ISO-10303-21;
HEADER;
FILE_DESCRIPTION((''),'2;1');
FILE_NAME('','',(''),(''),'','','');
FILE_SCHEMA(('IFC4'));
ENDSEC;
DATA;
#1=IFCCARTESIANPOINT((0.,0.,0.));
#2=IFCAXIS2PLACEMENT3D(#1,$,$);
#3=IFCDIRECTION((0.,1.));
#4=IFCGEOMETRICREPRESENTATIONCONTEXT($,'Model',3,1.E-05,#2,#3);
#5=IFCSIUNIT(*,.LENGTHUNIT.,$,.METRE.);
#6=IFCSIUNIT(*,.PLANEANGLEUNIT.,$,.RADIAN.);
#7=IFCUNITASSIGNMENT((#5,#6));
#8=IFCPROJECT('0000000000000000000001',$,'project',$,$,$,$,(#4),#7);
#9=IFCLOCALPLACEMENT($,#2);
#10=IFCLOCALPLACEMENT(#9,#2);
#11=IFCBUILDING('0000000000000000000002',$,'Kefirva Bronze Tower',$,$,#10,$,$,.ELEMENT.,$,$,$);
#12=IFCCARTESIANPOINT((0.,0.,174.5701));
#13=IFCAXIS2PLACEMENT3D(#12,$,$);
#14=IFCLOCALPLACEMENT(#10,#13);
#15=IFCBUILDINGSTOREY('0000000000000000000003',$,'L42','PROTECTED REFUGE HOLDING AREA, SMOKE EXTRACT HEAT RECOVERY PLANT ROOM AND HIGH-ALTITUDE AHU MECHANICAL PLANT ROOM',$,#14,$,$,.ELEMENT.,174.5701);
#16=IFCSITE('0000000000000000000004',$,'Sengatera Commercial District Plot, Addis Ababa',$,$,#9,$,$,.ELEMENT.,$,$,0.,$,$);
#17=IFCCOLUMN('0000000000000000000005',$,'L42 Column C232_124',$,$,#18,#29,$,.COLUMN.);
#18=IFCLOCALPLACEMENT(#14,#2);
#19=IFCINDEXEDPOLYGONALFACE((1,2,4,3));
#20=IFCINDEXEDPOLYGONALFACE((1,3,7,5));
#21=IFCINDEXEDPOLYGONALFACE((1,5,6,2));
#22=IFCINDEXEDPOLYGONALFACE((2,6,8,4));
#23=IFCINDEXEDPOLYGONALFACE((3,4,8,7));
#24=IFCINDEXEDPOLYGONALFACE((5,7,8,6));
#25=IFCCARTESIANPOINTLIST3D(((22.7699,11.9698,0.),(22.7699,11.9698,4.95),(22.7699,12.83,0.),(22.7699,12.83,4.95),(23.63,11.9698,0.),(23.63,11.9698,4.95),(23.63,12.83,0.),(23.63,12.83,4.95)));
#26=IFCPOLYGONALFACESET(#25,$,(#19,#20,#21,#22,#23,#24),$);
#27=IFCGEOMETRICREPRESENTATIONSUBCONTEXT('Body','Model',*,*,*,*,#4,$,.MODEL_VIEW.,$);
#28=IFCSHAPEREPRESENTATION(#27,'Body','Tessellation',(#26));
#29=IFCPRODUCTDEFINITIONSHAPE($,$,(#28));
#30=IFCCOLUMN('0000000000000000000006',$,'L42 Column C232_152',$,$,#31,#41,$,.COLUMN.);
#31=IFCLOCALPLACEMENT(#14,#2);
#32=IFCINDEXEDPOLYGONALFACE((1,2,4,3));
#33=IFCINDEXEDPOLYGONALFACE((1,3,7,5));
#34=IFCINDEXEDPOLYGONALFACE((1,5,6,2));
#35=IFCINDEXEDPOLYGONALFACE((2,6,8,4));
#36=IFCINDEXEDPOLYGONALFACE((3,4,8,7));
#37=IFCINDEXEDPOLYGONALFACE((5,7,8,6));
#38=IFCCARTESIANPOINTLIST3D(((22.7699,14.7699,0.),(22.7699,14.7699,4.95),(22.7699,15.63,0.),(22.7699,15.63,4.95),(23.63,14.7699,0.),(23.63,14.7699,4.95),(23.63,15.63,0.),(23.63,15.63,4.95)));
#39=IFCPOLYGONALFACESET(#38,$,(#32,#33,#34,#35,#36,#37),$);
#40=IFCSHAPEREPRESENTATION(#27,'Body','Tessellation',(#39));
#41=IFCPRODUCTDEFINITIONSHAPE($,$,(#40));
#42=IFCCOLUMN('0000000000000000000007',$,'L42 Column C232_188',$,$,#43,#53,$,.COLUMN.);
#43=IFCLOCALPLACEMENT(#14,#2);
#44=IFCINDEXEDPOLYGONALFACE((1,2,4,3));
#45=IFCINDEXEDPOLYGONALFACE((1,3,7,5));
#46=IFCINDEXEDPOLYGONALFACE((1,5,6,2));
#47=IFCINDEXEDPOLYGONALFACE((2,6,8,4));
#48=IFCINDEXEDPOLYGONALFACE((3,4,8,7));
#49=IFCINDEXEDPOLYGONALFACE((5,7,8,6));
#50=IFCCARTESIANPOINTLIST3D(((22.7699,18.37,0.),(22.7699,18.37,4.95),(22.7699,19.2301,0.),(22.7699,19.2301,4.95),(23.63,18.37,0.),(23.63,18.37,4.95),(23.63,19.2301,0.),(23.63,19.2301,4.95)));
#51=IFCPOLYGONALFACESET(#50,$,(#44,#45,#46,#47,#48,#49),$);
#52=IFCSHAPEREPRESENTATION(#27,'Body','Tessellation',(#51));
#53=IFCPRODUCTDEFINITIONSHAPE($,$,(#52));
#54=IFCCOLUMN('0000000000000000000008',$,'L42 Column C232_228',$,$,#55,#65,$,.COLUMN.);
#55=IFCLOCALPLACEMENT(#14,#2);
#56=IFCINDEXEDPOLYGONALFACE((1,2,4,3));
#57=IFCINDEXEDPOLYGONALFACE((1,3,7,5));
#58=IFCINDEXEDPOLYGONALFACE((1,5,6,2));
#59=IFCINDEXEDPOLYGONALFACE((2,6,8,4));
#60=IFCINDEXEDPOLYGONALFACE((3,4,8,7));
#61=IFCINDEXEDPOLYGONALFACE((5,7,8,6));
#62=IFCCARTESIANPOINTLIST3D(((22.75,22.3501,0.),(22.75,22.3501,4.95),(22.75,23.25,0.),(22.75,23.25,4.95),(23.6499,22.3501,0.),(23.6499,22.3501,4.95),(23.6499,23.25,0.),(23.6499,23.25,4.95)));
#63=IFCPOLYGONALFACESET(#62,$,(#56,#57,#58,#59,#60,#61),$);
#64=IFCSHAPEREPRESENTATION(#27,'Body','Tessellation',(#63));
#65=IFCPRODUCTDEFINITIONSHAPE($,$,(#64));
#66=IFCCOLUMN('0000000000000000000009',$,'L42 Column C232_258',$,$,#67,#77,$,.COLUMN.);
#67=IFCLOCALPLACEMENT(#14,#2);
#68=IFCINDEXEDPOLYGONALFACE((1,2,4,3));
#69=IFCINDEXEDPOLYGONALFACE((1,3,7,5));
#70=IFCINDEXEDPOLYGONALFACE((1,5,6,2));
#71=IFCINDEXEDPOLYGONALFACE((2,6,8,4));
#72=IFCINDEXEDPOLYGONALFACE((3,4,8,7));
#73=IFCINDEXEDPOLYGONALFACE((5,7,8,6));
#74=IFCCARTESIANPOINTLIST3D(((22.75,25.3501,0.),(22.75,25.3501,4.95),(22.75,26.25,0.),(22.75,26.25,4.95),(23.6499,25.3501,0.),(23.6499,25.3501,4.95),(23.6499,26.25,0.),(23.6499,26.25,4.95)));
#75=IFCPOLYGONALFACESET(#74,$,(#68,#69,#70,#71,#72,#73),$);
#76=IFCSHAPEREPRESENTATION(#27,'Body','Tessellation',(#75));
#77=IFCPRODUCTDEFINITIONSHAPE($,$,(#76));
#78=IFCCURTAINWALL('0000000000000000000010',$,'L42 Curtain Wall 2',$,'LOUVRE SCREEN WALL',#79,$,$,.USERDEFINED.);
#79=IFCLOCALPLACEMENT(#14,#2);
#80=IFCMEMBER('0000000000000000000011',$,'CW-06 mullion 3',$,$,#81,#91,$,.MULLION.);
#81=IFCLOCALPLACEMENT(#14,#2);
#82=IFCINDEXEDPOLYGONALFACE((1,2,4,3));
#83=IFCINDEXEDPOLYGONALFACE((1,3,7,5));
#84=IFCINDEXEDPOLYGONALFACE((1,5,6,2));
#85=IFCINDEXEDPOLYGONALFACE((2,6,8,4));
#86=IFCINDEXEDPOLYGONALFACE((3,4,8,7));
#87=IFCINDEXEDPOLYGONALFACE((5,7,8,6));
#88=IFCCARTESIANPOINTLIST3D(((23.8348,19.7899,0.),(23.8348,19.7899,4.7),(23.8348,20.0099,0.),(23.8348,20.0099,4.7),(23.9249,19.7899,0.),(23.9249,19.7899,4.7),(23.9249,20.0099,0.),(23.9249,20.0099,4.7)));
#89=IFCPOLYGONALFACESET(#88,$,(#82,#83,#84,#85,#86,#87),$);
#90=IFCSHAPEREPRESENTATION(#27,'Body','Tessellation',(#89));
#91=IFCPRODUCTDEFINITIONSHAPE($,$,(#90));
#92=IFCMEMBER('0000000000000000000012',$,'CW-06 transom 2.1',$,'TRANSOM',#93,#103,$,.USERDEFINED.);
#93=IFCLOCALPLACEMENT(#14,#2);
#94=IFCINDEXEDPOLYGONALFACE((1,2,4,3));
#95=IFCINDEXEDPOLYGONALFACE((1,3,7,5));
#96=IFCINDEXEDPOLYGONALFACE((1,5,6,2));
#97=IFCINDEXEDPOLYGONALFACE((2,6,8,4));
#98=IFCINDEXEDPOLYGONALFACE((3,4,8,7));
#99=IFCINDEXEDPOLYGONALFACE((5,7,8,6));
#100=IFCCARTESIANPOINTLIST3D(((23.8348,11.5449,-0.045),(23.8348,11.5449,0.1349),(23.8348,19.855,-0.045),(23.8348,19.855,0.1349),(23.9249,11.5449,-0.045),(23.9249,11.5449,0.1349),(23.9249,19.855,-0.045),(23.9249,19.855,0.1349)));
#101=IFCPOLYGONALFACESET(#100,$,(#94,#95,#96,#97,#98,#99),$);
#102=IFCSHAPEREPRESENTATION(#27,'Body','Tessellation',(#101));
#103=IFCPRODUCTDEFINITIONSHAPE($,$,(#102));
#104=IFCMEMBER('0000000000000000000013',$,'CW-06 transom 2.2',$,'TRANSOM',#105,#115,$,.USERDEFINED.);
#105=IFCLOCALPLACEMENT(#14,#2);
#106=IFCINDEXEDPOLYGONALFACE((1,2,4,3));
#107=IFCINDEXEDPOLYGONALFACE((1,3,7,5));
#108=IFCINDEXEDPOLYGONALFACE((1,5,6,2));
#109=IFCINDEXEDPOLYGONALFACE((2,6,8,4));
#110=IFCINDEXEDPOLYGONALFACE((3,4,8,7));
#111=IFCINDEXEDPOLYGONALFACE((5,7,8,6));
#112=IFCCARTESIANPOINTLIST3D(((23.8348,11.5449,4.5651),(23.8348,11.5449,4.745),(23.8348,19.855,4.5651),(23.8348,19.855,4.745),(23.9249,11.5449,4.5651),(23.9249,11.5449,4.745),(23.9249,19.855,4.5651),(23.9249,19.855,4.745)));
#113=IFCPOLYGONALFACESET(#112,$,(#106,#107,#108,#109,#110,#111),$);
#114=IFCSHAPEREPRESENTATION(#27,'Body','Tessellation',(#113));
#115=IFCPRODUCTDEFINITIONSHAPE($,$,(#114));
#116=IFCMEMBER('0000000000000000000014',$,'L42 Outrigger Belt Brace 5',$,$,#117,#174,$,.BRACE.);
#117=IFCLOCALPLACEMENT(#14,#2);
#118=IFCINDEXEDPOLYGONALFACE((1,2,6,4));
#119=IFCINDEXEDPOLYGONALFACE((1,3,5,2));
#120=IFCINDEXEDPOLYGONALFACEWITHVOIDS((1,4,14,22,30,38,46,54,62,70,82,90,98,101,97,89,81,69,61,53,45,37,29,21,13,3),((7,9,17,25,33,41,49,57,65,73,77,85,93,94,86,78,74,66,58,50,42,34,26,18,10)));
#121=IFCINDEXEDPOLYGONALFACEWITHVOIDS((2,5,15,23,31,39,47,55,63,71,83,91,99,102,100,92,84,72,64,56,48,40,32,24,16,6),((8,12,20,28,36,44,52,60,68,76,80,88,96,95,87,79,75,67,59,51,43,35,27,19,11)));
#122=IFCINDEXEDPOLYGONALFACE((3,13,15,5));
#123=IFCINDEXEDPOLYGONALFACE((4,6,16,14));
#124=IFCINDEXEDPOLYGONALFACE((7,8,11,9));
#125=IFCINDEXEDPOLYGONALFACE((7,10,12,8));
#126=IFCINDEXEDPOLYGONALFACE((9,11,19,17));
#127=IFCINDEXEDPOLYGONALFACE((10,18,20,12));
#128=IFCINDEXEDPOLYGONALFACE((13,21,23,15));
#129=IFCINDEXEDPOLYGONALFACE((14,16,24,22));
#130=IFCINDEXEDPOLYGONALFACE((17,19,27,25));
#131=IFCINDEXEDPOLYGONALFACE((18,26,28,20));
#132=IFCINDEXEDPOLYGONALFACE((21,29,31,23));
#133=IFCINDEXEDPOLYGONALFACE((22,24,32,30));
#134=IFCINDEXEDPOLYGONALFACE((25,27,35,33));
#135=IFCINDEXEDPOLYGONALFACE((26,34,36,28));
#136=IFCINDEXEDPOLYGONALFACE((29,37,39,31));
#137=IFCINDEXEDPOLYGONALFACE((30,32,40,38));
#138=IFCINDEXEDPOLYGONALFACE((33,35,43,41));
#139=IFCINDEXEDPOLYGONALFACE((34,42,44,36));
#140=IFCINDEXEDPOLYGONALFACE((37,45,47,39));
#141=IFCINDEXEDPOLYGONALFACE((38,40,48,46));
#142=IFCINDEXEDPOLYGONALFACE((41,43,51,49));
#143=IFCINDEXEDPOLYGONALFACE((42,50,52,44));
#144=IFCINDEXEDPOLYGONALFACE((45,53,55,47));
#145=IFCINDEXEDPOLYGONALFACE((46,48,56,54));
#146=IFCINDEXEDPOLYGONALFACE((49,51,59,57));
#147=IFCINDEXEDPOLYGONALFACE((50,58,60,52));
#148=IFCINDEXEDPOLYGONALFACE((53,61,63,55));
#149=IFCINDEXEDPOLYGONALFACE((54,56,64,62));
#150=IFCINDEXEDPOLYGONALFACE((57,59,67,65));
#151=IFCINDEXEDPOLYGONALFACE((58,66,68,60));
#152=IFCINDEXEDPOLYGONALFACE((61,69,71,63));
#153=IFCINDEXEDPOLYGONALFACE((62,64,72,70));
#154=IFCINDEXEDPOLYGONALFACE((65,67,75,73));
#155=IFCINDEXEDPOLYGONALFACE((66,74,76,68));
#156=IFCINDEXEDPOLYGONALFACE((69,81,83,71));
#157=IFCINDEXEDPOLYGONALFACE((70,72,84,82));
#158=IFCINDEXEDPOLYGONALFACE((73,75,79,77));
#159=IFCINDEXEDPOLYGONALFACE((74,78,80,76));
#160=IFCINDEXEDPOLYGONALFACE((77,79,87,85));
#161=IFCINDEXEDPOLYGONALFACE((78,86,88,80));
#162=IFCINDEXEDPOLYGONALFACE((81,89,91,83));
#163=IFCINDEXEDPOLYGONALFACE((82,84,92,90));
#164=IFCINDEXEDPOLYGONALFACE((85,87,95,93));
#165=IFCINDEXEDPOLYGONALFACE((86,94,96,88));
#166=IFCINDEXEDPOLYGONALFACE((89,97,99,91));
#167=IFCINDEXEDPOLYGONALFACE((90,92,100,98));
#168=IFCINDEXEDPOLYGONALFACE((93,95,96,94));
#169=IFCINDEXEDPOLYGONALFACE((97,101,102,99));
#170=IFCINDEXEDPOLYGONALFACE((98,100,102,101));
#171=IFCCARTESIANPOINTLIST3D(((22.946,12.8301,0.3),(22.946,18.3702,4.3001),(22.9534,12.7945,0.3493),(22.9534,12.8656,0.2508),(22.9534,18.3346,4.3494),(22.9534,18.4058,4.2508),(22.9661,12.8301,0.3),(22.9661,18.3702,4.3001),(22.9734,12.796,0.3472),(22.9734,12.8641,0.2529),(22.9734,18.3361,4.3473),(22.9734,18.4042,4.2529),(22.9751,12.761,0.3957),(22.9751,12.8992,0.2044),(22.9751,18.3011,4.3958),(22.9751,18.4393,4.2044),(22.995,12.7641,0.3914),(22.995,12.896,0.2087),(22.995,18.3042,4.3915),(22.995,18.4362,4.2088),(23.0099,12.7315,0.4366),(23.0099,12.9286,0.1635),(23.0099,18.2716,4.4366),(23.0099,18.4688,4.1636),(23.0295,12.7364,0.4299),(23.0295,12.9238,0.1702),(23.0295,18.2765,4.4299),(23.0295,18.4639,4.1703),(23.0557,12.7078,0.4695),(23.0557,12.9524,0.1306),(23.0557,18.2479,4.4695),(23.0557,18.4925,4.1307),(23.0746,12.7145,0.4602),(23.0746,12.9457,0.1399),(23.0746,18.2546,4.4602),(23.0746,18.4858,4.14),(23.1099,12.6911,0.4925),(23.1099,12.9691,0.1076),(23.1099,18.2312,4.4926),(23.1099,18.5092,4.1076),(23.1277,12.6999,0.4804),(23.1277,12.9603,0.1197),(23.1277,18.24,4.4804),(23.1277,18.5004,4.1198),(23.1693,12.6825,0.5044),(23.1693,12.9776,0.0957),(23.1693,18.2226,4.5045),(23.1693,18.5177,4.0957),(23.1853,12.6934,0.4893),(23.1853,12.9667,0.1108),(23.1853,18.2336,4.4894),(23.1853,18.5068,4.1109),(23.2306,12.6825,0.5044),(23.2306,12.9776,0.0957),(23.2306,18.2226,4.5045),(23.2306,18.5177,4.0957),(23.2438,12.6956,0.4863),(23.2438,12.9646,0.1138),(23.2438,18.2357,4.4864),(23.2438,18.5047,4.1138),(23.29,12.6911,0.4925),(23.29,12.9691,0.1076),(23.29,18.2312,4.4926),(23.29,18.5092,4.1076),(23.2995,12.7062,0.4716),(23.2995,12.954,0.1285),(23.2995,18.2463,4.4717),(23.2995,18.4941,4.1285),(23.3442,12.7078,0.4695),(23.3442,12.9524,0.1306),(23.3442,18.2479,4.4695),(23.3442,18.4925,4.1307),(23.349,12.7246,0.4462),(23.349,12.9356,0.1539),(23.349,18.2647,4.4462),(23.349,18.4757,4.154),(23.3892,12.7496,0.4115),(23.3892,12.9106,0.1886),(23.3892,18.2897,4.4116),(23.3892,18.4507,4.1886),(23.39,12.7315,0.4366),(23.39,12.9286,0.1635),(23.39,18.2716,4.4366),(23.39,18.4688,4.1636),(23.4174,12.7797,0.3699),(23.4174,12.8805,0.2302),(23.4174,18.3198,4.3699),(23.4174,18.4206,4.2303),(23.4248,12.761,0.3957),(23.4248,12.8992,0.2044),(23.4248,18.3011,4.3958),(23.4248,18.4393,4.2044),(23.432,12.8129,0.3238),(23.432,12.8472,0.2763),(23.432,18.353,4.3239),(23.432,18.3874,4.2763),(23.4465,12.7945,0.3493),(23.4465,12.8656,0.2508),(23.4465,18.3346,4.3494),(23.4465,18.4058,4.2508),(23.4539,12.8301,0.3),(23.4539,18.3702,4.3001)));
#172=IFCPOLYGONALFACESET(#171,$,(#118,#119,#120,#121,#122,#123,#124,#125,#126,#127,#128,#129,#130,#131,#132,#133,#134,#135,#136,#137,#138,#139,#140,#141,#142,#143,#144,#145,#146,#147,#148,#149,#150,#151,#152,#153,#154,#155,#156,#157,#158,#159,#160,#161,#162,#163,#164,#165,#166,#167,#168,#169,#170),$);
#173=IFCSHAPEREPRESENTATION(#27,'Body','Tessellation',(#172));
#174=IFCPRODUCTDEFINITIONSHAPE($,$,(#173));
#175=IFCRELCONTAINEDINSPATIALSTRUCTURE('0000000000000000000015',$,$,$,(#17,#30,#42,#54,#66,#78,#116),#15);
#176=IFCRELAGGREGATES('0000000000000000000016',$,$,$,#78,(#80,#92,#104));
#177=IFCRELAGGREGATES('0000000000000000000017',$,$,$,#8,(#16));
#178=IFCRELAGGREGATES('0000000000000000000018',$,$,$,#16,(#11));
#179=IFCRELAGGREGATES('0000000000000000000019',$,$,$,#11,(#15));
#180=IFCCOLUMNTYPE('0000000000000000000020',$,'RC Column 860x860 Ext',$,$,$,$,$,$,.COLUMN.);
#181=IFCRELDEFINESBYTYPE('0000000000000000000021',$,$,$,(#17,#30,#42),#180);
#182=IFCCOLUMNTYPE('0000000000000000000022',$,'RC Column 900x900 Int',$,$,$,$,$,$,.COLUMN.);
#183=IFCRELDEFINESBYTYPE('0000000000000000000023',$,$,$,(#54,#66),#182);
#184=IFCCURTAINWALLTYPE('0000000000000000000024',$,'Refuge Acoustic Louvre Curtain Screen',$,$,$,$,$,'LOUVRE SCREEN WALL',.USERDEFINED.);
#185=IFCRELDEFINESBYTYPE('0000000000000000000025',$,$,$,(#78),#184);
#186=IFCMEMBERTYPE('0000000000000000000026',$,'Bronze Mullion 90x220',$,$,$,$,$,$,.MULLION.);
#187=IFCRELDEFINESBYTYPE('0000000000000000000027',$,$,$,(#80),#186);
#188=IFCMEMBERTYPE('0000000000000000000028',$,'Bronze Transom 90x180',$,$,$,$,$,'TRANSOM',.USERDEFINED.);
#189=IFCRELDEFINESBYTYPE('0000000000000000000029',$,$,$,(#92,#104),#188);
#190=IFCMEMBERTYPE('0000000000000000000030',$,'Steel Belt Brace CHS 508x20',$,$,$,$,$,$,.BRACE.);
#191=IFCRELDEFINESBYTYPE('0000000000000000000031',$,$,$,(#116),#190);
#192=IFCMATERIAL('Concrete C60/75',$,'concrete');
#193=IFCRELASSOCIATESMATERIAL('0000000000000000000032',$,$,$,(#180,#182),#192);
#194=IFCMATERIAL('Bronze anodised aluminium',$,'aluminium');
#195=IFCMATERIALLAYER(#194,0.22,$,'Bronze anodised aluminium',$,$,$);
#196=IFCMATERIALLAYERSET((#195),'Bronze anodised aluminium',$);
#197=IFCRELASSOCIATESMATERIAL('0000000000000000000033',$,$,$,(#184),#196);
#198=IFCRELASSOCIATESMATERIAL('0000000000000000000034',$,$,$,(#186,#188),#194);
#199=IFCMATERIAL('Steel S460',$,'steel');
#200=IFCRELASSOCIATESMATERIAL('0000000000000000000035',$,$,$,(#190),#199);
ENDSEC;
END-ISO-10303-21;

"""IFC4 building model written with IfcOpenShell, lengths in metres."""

from ifc_helpers import new_model, si_unit, direction, frame, origin, origin_2d, place, context, subcontext, project, spatial, rectangle, hollow_circle, extrude, material, layer, layer_set, material_profile, profile_set, type_object, element, aggregate, save


model = new_model("IFC4")

# Units and contexts
model_context = context("Model", 3, precision=1e-05, world=origin(), true_north=direction((0.0, 1.0)))
body_context = subcontext(model_context, "Body", "Model", "MODEL_VIEW")
ifc_project = project(units=[si_unit("LENGTHUNIT", "METRE"), si_unit("PLANEANGLEUNIT", "RADIAN")], contexts=[model_context])

# Site, building, storey
site_placement = place(None, origin())
site = spatial("IfcSite", under=ifc_project, at=site_placement, Name="Sengatera Commercial District Plot, Addis Ababa", CompositionType="ELEMENT", RefElevation=0.0)
building_placement = place(site_placement, origin())
building = spatial("IfcBuilding", under=site, at=building_placement, Name="Kefirva Bronze Tower", CompositionType="ELEMENT")
storey_placement = place(building_placement, frame((0.0, 0.0, 174.5701)))
storey = spatial("IfcBuildingStorey", under=building, at=storey_placement, Name="L42", Description="PROTECTED REFUGE HOLDING AREA, SMOKE EXTRACT HEAT RECOVERY PLANT ROOM AND HIGH-ALTITUDE AHU MECHANICAL PLANT ROOM", CompositionType="ELEMENT", Elevation=174.5701)

# Columns
ifc_material_1 = material(Name="Concrete C60/75", Category="concrete")
ifc_material_profile_1 = material_profile(ifc_material_1, rectangle(XDim=0.8601, YDim=0.8601, at=origin_2d()), Name="RC 860x860")
ifc_profile_set_1 = profile_set([ifc_material_profile_1], Name="Concrete C60/75")
column_type_1 = type_object("IfcColumnType", Name="RC Column 860x860 Ext", PredefinedType="COLUMN", material=ifc_profile_set_1)
for number, where, z_axis, x_axis, name in (
    (1, (23.2, 12.3999, 0.0), (0.0, 0.0, 1.0), (1.0, 0.0, 0.0), "L42 Column C232_124"),
    (2, (23.2, 15.2, 0.0), (0.0, 0.0, 1.0), (1.0, 0.0, 0.0), "L42 Column C232_152"),
    (3, (23.2, 18.8, 0.0), (0.0, 0.0, 1.0), (1.0, 0.0, 0.0), "L42 Column C232_188"),
):
    element("IfcColumn", number, at=place(storey_placement, frame(where, z_axis=z_axis, x_axis=x_axis)), inside=storey, type_object=column_type_1, Name=name, PredefinedType="COLUMN", context=body_context, shape_type="SweptSolid", body=[
        extrude(rectangle(XDim=0.8601, YDim=0.8601, at=origin_2d()), origin(), (0.0, 0.0, 1.0), 4.95),
    ])
ifc_material_profile_2 = material_profile(ifc_material_1, rectangle(XDim=0.8999, YDim=0.8999, at=origin_2d()), Name="RC 900x900")
ifc_profile_set_2 = profile_set([ifc_material_profile_2], Name="Concrete C60/75")
column_type_2 = type_object("IfcColumnType", Name="RC Column 900x900 Int", PredefinedType="COLUMN", material=ifc_profile_set_2)
for number, where, z_axis, x_axis, name in (
    (4, (23.2, 22.8, 0.0), (0.0, 0.0, 1.0), (1.0, 0.0, 0.0), "L42 Column C232_228"),
    (5, (23.2, 25.8, 0.0), (0.0, 0.0, 1.0), (1.0, 0.0, 0.0), "L42 Column C232_258"),
):
    element("IfcColumn", number, at=place(storey_placement, frame(where, z_axis=z_axis, x_axis=x_axis)), inside=storey, type_object=column_type_2, Name=name, PredefinedType="COLUMN", context=body_context, shape_type="SweptSolid", body=[
        extrude(rectangle(XDim=0.8999, YDim=0.8999, at=origin_2d()), origin(), (0.0, 0.0, 1.0), 4.95),
    ])

# Curtain wall, members
ifc_material_2 = material(Name="Bronze anodised aluminium", Category="aluminium")
ifc_layer_1 = layer(ifc_material_2, 0.22, Name="Bronze anodised aluminium")
ifc_layer_set_1 = layer_set([ifc_layer_1], Name="Bronze anodised aluminium")
curtain_wall_type = type_object("IfcCurtainWallType", Name="Refuge Acoustic Louvre Curtain Screen", ElementType="LOUVRE SCREEN WALL", PredefinedType="USERDEFINED", material=ifc_layer_set_1)
curtain_wall_placement = place(storey_placement, origin())
curtain_wall = element("IfcCurtainWall", 6, at=curtain_wall_placement, inside=storey, type_object=curtain_wall_type, Name="L42 Curtain Wall 2", ObjectType="LOUVRE SCREEN WALL", PredefinedType="USERDEFINED")
ifc_material_profile_3 = material_profile(ifc_material_2, rectangle(XDim=0.0901, YDim=0.22, at=origin_2d()), Name="ALU 90x220")
ifc_profile_set_3 = profile_set([ifc_material_profile_3], Name="Bronze anodised aluminium")
member_type_1 = type_object("IfcMemberType", Name="Bronze Mullion 90x220", PredefinedType="MULLION", material=ifc_profile_set_3)
member_1_placement = place(storey_placement, frame((23.8799, 19.8999, 0.0), z_axis=(0.0, 0.0, 1.0), x_axis=(-1.0, 0.0, 0.0)))
member_1 = element("IfcMember", 7, at=member_1_placement, type_object=member_type_1, Name="CW-06 mullion 3", PredefinedType="MULLION", context=body_context, shape_type="SweptSolid", body=[
    extrude(rectangle(XDim=0.0901, YDim=0.22, at=origin_2d()), origin(), (0.0, 0.0, 1.0), 4.7),
])
ifc_material_profile_4 = material_profile(ifc_material_2, rectangle(XDim=0.0901, YDim=0.1799, at=origin_2d()), Name="ALU 90x180")
ifc_profile_set_4 = profile_set([ifc_material_profile_4], Name="Bronze anodised aluminium")
member_type_2 = type_object("IfcMemberType", Name="Bronze Transom 90x180", ElementType="TRANSOM", PredefinedType="USERDEFINED", material=ifc_profile_set_4)
member_2_placement = place(storey_placement, frame((23.8799, 11.5449, 0.0449), z_axis=(0.0, 1.0, 0.0), x_axis=(-1.0, 0.0, 0.0)))
member_2 = element("IfcMember", 8, at=member_2_placement, type_object=member_type_2, Name="CW-06 transom 2.1", ObjectType="TRANSOM", PredefinedType="USERDEFINED", context=body_context, shape_type="SweptSolid", body=[
    extrude(rectangle(XDim=0.0901, YDim=0.1799, at=origin_2d()), origin(), (0.0, 0.0, 1.0), 8.3101),
])
member_3_placement = place(storey_placement, frame((23.8799, 11.5449, 4.655), z_axis=(0.0, 1.0, 0.0), x_axis=(-1.0, 0.0, 0.0)))
member_3 = element("IfcMember", 9, at=member_3_placement, type_object=member_type_2, Name="CW-06 transom 2.2", ObjectType="TRANSOM", PredefinedType="USERDEFINED", context=body_context, shape_type="SweptSolid", body=[
    extrude(rectangle(XDim=0.0901, YDim=0.1799, at=origin_2d()), origin(), (0.0, 0.0, 1.0), 8.3101),
])

# Member
ifc_material_3 = material(Name="Steel S460", Category="steel")
ifc_material_profile_5 = material_profile(ifc_material_3, hollow_circle(Radius=0.2539, WallThickness=0.02, at=origin_2d()), Name="CHS 508x20")
ifc_profile_set_5 = profile_set([ifc_material_profile_5], Name="Steel S460")
member_type_3 = type_object("IfcMemberType", Name="Steel Belt Brace CHS 508x20", PredefinedType="BRACE", material=ifc_profile_set_5)
member_4_placement = place(storey_placement, frame((23.2, 12.8301, 0.3), z_axis=(0.0, 0.810758, 0.585381), x_axis=(-1.0, 0.0, 0.0)))
element("IfcMember", 10, at=member_4_placement, inside=storey, type_object=member_type_3, Name="L42 Outrigger Belt Brace 5", PredefinedType="BRACE", context=body_context, shape_type="SweptSolid", body=[
    extrude(hollow_circle(Radius=0.2539, WallThickness=0.02, at=origin_2d()), origin(), (0.0, 0.0, 1.0), 6.8333),
])

aggregate(curtain_wall, [member_1, member_2, member_3])

save(model, "model.ifc")
